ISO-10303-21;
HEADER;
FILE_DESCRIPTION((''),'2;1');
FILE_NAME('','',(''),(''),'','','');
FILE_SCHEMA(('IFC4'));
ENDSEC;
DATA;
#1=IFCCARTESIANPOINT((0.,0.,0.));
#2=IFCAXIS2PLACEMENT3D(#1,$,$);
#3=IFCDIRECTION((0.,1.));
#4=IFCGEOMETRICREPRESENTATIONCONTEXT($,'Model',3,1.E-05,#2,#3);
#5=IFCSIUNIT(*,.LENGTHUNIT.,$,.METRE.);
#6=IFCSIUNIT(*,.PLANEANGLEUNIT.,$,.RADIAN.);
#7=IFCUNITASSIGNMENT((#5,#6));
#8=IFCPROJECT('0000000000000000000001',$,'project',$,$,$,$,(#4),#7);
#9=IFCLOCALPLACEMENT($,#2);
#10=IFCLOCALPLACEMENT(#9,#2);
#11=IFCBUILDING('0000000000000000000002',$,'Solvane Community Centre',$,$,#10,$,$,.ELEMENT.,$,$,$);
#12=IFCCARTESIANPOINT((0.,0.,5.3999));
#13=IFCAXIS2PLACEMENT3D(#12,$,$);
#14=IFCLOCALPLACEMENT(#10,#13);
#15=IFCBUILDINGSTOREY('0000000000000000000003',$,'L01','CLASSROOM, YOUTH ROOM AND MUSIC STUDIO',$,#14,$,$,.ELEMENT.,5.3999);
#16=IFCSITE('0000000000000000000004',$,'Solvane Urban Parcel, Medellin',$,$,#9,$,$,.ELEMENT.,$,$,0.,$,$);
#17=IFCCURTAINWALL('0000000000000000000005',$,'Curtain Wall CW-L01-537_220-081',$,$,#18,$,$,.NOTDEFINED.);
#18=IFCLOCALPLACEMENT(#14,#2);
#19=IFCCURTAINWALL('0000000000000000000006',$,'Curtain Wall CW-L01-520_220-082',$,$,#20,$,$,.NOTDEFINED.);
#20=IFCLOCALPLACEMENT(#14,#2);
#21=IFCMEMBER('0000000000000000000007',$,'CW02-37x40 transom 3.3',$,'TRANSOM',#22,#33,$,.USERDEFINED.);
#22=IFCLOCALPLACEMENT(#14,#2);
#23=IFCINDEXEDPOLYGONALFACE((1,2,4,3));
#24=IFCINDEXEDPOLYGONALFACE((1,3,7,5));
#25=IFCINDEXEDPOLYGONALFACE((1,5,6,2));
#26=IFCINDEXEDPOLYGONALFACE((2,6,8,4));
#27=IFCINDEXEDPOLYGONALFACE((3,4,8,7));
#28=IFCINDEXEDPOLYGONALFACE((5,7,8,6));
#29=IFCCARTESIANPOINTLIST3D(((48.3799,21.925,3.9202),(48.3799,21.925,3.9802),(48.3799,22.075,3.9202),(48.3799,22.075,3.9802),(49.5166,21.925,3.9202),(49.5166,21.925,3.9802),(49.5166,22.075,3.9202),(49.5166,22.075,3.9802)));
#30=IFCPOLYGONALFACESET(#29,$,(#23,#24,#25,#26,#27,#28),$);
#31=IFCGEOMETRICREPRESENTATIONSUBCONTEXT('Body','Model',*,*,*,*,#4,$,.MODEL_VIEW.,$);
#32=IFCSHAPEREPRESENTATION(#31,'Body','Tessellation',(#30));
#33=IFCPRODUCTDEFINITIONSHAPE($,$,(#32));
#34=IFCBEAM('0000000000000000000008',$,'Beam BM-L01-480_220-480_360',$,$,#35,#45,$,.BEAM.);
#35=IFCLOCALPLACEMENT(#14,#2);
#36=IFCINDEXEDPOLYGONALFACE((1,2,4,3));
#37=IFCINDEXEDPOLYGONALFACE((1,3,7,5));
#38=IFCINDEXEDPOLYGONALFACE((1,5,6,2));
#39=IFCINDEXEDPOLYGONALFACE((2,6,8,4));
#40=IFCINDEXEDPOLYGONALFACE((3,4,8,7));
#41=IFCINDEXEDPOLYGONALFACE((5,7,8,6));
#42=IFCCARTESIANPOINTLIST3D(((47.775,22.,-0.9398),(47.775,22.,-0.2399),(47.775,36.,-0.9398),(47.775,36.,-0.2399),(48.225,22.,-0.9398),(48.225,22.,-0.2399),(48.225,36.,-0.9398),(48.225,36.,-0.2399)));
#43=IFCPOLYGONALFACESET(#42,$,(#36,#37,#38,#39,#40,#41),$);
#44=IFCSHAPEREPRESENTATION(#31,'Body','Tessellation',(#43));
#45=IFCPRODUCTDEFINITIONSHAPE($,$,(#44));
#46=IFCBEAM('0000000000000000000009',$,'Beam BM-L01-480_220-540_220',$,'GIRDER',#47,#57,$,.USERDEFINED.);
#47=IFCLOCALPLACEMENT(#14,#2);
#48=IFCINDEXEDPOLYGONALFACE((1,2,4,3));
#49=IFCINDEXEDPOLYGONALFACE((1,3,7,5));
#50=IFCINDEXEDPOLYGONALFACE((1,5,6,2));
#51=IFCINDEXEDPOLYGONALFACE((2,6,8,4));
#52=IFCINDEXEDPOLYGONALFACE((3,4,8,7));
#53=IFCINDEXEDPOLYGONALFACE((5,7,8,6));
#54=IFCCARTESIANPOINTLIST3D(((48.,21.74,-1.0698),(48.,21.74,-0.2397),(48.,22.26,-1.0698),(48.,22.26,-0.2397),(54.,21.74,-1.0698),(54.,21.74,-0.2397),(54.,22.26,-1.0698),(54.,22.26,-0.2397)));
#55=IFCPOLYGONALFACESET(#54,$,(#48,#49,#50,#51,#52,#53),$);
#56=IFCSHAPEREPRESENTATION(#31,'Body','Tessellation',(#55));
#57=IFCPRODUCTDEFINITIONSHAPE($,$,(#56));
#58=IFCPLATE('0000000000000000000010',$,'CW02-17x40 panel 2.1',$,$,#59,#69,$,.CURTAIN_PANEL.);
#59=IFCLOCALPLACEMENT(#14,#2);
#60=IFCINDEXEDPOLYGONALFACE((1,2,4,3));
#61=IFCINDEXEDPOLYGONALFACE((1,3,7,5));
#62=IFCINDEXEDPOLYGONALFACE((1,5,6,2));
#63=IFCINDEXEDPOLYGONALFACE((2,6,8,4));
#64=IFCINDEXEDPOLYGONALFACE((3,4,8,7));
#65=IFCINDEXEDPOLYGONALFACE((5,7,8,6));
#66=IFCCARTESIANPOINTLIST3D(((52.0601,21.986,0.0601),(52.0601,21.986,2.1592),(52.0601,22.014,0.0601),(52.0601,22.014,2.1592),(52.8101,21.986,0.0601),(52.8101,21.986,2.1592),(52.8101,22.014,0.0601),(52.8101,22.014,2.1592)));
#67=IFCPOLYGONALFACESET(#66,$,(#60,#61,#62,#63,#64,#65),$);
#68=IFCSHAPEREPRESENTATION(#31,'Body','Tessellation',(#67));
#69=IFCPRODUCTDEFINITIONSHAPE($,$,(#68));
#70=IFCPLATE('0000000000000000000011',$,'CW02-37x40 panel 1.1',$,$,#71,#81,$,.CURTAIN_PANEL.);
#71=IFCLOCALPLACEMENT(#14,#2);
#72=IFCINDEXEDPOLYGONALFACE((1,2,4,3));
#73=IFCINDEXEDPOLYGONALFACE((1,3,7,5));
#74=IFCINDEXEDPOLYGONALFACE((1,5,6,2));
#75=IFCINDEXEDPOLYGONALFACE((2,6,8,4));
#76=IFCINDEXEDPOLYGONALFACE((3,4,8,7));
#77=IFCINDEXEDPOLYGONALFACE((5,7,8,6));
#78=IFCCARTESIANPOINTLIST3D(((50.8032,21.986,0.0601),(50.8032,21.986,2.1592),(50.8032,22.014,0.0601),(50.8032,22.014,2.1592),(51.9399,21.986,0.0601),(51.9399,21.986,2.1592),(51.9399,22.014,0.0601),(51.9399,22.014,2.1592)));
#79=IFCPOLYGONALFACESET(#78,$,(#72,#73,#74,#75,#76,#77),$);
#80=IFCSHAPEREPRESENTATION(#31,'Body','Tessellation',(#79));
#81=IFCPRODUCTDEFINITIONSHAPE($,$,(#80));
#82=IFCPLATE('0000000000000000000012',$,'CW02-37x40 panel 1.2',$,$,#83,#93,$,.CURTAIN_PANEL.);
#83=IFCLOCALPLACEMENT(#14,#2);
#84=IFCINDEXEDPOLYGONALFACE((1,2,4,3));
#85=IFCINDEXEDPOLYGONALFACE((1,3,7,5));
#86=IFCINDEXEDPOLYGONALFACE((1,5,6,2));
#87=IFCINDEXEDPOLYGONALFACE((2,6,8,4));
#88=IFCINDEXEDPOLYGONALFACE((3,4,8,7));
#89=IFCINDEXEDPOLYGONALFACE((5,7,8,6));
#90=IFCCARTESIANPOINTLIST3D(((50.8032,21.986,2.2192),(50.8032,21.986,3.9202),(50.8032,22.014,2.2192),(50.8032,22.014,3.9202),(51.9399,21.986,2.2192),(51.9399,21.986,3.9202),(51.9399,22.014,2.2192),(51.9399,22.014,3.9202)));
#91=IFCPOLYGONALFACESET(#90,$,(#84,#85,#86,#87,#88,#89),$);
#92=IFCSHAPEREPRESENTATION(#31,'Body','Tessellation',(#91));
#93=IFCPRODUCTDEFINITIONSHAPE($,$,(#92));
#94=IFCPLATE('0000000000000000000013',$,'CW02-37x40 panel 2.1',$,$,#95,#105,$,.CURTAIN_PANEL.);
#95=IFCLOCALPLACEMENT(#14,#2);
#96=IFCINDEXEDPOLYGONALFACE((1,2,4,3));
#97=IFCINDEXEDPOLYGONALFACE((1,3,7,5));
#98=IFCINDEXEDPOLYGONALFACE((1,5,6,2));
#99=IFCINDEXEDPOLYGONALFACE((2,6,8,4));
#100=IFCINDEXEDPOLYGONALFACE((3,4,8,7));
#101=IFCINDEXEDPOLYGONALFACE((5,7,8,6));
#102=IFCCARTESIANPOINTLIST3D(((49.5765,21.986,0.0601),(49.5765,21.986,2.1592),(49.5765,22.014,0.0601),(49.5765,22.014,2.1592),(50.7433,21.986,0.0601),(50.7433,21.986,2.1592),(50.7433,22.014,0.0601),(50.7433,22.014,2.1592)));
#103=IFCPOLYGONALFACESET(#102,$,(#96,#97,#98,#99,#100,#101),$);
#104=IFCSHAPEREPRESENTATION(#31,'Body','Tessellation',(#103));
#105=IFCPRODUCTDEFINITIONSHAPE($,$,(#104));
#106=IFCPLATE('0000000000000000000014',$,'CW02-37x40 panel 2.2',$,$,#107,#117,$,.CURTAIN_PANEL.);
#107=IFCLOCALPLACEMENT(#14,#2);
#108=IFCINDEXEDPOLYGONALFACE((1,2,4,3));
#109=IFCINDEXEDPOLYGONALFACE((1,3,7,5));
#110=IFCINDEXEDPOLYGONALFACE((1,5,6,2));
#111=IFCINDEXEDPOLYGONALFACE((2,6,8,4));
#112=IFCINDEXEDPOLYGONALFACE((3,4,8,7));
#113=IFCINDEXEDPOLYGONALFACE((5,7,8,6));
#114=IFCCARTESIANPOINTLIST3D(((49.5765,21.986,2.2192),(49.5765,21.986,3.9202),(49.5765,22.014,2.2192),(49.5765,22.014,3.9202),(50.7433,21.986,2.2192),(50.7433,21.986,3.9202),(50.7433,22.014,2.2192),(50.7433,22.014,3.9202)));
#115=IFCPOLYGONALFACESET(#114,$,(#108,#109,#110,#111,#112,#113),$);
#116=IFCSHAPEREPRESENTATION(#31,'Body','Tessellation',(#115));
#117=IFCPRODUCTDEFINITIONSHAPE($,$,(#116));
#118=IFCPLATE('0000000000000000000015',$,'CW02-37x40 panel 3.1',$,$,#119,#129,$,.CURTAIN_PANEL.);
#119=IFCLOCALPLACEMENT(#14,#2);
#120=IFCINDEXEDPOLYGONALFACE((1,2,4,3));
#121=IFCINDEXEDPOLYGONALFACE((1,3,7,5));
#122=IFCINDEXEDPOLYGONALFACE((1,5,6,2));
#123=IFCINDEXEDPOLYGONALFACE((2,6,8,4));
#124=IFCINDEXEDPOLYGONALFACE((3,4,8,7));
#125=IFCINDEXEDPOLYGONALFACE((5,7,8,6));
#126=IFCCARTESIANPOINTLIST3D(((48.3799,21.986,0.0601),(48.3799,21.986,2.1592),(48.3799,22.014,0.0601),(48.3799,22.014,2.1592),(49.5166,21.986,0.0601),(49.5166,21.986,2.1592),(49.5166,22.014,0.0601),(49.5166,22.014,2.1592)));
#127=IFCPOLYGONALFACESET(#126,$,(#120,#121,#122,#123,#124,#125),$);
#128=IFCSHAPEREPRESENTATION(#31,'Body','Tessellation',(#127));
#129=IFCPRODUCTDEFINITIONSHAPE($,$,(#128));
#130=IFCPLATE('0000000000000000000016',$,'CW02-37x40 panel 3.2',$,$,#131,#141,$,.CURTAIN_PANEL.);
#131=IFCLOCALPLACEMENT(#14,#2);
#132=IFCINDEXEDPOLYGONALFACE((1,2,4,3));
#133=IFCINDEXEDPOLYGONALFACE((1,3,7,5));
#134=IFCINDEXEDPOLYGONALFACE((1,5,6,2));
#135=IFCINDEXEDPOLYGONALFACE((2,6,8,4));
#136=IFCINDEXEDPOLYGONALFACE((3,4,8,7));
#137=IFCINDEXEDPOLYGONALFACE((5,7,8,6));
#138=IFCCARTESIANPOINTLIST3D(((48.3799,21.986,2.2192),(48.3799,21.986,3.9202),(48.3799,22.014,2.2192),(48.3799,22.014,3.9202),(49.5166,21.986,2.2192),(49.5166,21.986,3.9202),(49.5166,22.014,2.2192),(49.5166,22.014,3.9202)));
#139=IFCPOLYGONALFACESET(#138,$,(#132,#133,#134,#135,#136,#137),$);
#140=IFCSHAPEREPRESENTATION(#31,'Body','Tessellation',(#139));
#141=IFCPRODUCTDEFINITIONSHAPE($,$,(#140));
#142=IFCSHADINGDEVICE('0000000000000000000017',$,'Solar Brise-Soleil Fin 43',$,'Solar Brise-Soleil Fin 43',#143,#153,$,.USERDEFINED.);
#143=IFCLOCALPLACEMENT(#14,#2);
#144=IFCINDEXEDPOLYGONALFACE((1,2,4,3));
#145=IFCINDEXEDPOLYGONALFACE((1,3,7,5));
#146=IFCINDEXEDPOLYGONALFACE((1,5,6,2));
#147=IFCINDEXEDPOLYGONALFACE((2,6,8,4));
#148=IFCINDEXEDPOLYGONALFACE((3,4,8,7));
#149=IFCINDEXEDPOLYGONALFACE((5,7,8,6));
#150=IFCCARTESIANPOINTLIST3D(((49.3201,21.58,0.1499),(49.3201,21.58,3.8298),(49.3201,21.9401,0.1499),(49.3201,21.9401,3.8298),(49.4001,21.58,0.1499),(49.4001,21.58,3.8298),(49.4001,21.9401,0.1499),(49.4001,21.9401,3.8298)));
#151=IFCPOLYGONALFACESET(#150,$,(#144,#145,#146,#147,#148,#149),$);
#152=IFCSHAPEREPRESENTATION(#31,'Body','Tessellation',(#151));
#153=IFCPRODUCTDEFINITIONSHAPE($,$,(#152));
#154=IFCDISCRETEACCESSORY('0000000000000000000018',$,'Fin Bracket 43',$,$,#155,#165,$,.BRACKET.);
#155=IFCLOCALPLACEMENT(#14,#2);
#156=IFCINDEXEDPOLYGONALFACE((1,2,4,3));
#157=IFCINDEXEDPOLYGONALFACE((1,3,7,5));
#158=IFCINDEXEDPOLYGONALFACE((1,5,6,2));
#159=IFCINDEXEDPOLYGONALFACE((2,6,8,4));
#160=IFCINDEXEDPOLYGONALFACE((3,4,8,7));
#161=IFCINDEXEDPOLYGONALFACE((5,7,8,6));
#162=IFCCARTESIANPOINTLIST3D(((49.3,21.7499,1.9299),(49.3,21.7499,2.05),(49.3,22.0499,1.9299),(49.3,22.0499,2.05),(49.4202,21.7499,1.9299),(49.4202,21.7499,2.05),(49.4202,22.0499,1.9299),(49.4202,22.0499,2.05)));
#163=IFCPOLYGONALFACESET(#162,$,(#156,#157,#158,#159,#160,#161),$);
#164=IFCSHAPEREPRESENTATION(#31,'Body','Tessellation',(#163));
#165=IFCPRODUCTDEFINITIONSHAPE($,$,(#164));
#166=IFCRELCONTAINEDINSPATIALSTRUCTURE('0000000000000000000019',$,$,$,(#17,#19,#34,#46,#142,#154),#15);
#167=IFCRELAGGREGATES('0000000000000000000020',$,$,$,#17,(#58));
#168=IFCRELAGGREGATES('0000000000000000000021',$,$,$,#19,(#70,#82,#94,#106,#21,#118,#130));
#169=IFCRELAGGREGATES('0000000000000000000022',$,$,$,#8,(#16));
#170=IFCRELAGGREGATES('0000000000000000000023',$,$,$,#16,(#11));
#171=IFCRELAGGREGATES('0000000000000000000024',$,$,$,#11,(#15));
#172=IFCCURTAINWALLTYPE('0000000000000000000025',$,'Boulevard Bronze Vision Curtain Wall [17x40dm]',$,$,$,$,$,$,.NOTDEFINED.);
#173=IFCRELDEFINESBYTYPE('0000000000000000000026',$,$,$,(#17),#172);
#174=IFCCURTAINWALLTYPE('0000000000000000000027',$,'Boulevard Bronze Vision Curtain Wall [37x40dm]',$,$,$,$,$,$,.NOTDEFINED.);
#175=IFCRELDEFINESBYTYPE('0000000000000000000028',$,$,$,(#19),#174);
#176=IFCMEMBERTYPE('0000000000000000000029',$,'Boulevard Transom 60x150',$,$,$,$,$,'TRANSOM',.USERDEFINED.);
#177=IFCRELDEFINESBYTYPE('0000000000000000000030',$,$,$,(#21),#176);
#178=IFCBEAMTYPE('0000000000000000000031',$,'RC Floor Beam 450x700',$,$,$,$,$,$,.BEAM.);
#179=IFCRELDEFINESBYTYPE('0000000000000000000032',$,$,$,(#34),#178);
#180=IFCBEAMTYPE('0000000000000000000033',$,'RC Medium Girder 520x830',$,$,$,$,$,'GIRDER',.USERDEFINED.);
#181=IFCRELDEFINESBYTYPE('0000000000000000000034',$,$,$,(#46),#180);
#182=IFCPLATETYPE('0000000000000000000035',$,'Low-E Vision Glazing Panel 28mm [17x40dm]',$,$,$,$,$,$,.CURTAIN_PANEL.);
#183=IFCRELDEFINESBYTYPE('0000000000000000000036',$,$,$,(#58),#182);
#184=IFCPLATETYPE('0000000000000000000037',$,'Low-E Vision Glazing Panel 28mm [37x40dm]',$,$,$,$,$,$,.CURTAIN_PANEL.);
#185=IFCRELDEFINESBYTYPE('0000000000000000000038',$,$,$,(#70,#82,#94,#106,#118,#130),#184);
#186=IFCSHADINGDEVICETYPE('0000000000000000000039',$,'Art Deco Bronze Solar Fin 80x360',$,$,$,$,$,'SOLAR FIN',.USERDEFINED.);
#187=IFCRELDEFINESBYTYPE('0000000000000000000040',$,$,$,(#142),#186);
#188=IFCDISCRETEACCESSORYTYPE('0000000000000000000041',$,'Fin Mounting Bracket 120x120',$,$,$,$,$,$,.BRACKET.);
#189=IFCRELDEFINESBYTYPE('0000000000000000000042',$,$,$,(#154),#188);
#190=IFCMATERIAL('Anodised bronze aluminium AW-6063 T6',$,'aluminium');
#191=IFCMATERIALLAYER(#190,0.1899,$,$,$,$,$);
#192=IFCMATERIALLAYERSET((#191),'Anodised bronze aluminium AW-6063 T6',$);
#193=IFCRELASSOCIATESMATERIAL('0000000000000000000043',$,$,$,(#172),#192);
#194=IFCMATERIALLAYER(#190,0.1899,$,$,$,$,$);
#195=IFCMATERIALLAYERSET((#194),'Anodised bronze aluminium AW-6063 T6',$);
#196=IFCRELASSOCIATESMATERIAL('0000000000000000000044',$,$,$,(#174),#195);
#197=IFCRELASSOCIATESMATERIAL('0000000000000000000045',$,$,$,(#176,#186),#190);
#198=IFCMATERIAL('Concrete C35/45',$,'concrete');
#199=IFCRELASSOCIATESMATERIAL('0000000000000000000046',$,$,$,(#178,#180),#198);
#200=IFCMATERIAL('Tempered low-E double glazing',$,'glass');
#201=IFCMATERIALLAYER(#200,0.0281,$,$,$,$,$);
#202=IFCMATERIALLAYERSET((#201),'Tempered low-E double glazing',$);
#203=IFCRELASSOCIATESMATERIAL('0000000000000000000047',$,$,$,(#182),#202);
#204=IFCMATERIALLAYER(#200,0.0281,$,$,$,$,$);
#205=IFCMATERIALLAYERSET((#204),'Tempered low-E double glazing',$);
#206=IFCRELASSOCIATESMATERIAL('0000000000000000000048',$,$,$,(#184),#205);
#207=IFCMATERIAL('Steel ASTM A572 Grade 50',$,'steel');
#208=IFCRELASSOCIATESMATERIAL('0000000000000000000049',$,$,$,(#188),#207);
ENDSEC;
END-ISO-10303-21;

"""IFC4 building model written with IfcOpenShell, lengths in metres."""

from ifc_helpers import new_model, si_unit, direction, frame, origin, origin_2d, place, context, subcontext, project, spatial, rectangle, extrude, material, layer, layer_set, material_profile, profile_set, type_object, element, aggregate, save


model = new_model("IFC4")

# Units and contexts
model_context = context("Model", 3, precision=1e-05, world=origin(), true_north=direction((0.0, 1.0)))
body_context = subcontext(model_context, "Body", "Model", "MODEL_VIEW")
ifc_project = project(units=[si_unit("LENGTHUNIT", "METRE"), si_unit("PLANEANGLEUNIT", "RADIAN")], contexts=[model_context])

# Site, building, storey
site_placement = place(None, origin())
site = spatial("IfcSite", under=ifc_project, at=site_placement, Name="Solvane Urban Parcel, Medellin", CompositionType="ELEMENT", RefElevation=0.0)
building_placement = place(site_placement, origin())
building = spatial("IfcBuilding", under=site, at=building_placement, Name="Solvane Community Centre", CompositionType="ELEMENT")
storey_placement = place(building_placement, frame((0.0, 0.0, 5.3999)))
storey = spatial("IfcBuildingStorey", under=building, at=storey_placement, Name="L01", Description="CLASSROOM, YOUTH ROOM AND MUSIC STUDIO", CompositionType="ELEMENT", Elevation=5.3999)

# Shared definitions
ifc_material_1 = material(Name="Concrete C35/45", Category="concrete")

# Curtain wall
ifc_material_2 = material(Name="Anodised bronze aluminium AW-6063 T6", Category="aluminium")
ifc_layer_1 = layer(ifc_material_2, 0.1899)
ifc_layer_set_1 = layer_set([ifc_layer_1], Name="Anodised bronze aluminium AW-6063 T6")
curtain_wall_type_1 = type_object("IfcCurtainWallType", Name="Boulevard Bronze Vision Curtain Wall [17x40dm]", PredefinedType="NOTDEFINED", material=ifc_layer_set_1)
curtain_wall_1_placement = place(storey_placement, origin())
curtain_wall_1 = element("IfcCurtainWall", 1, at=curtain_wall_1_placement, inside=storey, type_object=curtain_wall_type_1, Name="Curtain Wall CW-L01-537_220-081", PredefinedType="NOTDEFINED")

# Curtain wall, member
ifc_layer_2 = layer(ifc_material_2, 0.1899)
ifc_layer_set_2 = layer_set([ifc_layer_2], Name="Anodised bronze aluminium AW-6063 T6")
curtain_wall_type_2 = type_object("IfcCurtainWallType", Name="Boulevard Bronze Vision Curtain Wall [37x40dm]", PredefinedType="NOTDEFINED", material=ifc_layer_set_2)
curtain_wall_2_placement = place(storey_placement, origin())
curtain_wall_2 = element("IfcCurtainWall", 2, at=curtain_wall_2_placement, inside=storey, type_object=curtain_wall_type_2, Name="Curtain Wall CW-L01-520_220-082", PredefinedType="NOTDEFINED")
ifc_material_profile_1 = material_profile(ifc_material_2, rectangle(XDim=0.1499, YDim=0.0601, at=origin_2d()), Name="CW-T 60x150")
ifc_profile_set_1 = profile_set([ifc_material_profile_1], Name="Anodised bronze aluminium AW-6063 T6")
member_type_1 = type_object("IfcMemberType", Name="Boulevard Transom 60x150", ElementType="TRANSOM", PredefinedType="USERDEFINED", material=ifc_profile_set_1)
member_1_placement = place(storey_placement, frame((49.5166, 22.0, 3.9502), z_axis=(-1.0, 0.0, 0.0), x_axis=(0.0, -1.0, 0.0)))
member_1 = element("IfcMember", 3, at=member_1_placement, type_object=member_type_1, Name="CW02-37x40 transom 3.3", ObjectType="TRANSOM", PredefinedType="USERDEFINED", context=body_context, shape_type="SweptSolid", body=[
    extrude(rectangle(XDim=0.1499, YDim=0.0601, at=origin_2d()), origin(), (0.0, 0.0, 1.0), 1.1367),
])

# Beams
ifc_material_profile_2 = material_profile(ifc_material_1, rectangle(XDim=0.45, YDim=0.7, at=origin_2d()), Name="RC 450x700")
ifc_profile_set_2 = profile_set([ifc_material_profile_2], Name="Concrete C35/45")
beam_type_1 = type_object("IfcBeamType", Name="RC Floor Beam 450x700", PredefinedType="BEAM", material=ifc_profile_set_2)
beam_1_placement = place(storey_placement, frame((48.0, 22.0, -0.5898), z_axis=(0.0, 1.0, 0.0), x_axis=(-1.0, 0.0, 0.0)))
element("IfcBeam", 4, at=beam_1_placement, inside=storey, type_object=beam_type_1, Name="Beam BM-L01-480_220-480_360", PredefinedType="BEAM", context=body_context, shape_type="SweptSolid", body=[
    extrude(rectangle(XDim=0.45, YDim=0.7, at=origin_2d()), origin(), (0.0, 0.0, 1.0), 14.0),
])
ifc_material_profile_3 = material_profile(ifc_material_1, rectangle(XDim=0.52, YDim=0.8301, at=origin_2d()), Name="RC 520x830")
ifc_profile_set_3 = profile_set([ifc_material_profile_3], Name="Concrete C35/45")
beam_type_2 = type_object("IfcBeamType", Name="RC Medium Girder 520x830", ElementType="GIRDER", PredefinedType="USERDEFINED", material=ifc_profile_set_3)
beam_2_placement = place(storey_placement, frame((48.0, 22.0, -0.6548), z_axis=(1.0, 0.0, 0.0), x_axis=(0.0, 1.0, 0.0)))
element("IfcBeam", 5, at=beam_2_placement, inside=storey, type_object=beam_type_2, Name="Beam BM-L01-480_220-540_220", ObjectType="GIRDER", PredefinedType="USERDEFINED", context=body_context, shape_type="SweptSolid", body=[
    extrude(rectangle(XDim=0.52, YDim=0.8301, at=origin_2d()), origin(), (0.0, 0.0, 1.0), 6.0),
])

# Plates
ifc_material_3 = material(Name="Tempered low-E double glazing", Category="glass")
ifc_layer_3 = layer(ifc_material_3, 0.0281)
ifc_layer_set_3 = layer_set([ifc_layer_3], Name="Tempered low-E double glazing")
plate_type_1 = type_object("IfcPlateType", Name="Low-E Vision Glazing Panel 28mm [17x40dm]", PredefinedType="CURTAIN_PANEL", material=ifc_layer_set_3)
plate_1_placement = place(storey_placement, frame((52.4351, 22.0, 0.0601), z_axis=(0.0, 0.0, 1.0), x_axis=(-1.0, 0.0, 0.0)))
plate_1 = element("IfcPlate", 6, at=plate_1_placement, type_object=plate_type_1, Name="CW02-17x40 panel 2.1", PredefinedType="CURTAIN_PANEL", context=body_context, shape_type="SweptSolid", body=[
    extrude(rectangle(XDim=0.75, YDim=0.0281, at=origin_2d()), origin(), (0.0, 0.0, 1.0), 2.0991),
])
aggregate(curtain_wall_1, [plate_1])
ifc_layer_4 = layer(ifc_material_3, 0.0281)
ifc_layer_set_4 = layer_set([ifc_layer_4], Name="Tempered low-E double glazing")
plate_type_2 = type_object("IfcPlateType", Name="Low-E Vision Glazing Panel 28mm [37x40dm]", PredefinedType="CURTAIN_PANEL", material=ifc_layer_set_4)
plate_2_placement = place(storey_placement, frame((51.3716, 22.0, 0.0601), z_axis=(0.0, 0.0, 1.0), x_axis=(-1.0, 0.0, 0.0)))
plate_2 = element("IfcPlate", 7, at=plate_2_placement, type_object=plate_type_2, Name="CW02-37x40 panel 1.1", PredefinedType="CURTAIN_PANEL", context=body_context, shape_type="SweptSolid", body=[
    extrude(rectangle(XDim=1.1367, YDim=0.0281, at=origin_2d()), origin(), (0.0, 0.0, 1.0), 2.0991),
])
plate_3_placement = place(storey_placement, frame((51.3716, 22.0, 2.2192), z_axis=(0.0, 0.0, 1.0), x_axis=(-1.0, 0.0, 0.0)))
plate_3 = element("IfcPlate", 8, at=plate_3_placement, type_object=plate_type_2, Name="CW02-37x40 panel 1.2", PredefinedType="CURTAIN_PANEL", context=body_context, shape_type="SweptSolid", body=[
    extrude(rectangle(XDim=1.1367, YDim=0.0281, at=origin_2d()), origin(), (0.0, 0.0, 1.0), 1.7009),
])
plate_4_placement = place(storey_placement, frame((50.1599, 22.0, 0.0601), z_axis=(0.0, 0.0, 1.0), x_axis=(-1.0, 0.0, 0.0)))
plate_4 = element("IfcPlate", 9, at=plate_4_placement, type_object=plate_type_2, Name="CW02-37x40 panel 2.1", PredefinedType="CURTAIN_PANEL", context=body_context, shape_type="SweptSolid", body=[
    extrude(rectangle(XDim=1.1667, YDim=0.0281, at=origin_2d()), origin(), (0.0, 0.0, 1.0), 2.0991),
])
plate_5_placement = place(storey_placement, frame((50.1599, 22.0, 2.2192), z_axis=(0.0, 0.0, 1.0), x_axis=(-1.0, 0.0, 0.0)))
plate_5 = element("IfcPlate", 10, at=plate_5_placement, type_object=plate_type_2, Name="CW02-37x40 panel 2.2", PredefinedType="CURTAIN_PANEL", context=body_context, shape_type="SweptSolid", body=[
    extrude(rectangle(XDim=1.1667, YDim=0.0281, at=origin_2d()), origin(), (0.0, 0.0, 1.0), 1.7009),
])
plate_6_placement = place(storey_placement, frame((48.9482, 22.0, 0.0601), z_axis=(0.0, 0.0, 1.0), x_axis=(-1.0, 0.0, 0.0)))
plate_6 = element("IfcPlate", 11, at=plate_6_placement, type_object=plate_type_2, Name="CW02-37x40 panel 3.1", PredefinedType="CURTAIN_PANEL", context=body_context, shape_type="SweptSolid", body=[
    extrude(rectangle(XDim=1.1367, YDim=0.0281, at=origin_2d()), origin(), (0.0, 0.0, 1.0), 2.0991),
])
plate_7_placement = place(storey_placement, frame((48.9482, 22.0, 2.2192), z_axis=(0.0, 0.0, 1.0), x_axis=(-1.0, 0.0, 0.0)))
plate_7 = element("IfcPlate", 12, at=plate_7_placement, type_object=plate_type_2, Name="CW02-37x40 panel 3.2", PredefinedType="CURTAIN_PANEL", context=body_context, shape_type="SweptSolid", body=[
    extrude(rectangle(XDim=1.1367, YDim=0.0281, at=origin_2d()), origin(), (0.0, 0.0, 1.0), 1.7009),
])
aggregate(curtain_wall_2, [plate_2, plate_3, plate_4, plate_5, member_1, plate_6, plate_7])

# Shading device
shading_device_type = type_object("IfcShadingDeviceType", Name="Art Deco Bronze Solar Fin 80x360", ElementType="SOLAR FIN", PredefinedType="USERDEFINED", material=ifc_material_2)
shading_device_placement = place(storey_placement, frame((49.3601, 21.76, 0.1499), z_axis=(0.0, 0.0, 1.0), x_axis=(-1.0, 0.0, 0.0)))
element("IfcShadingDevice", 13, at=shading_device_placement, inside=storey, type_object=shading_device_type, Name="Solar Brise-Soleil Fin 43", ObjectType="Solar Brise-Soleil Fin 43", PredefinedType="USERDEFINED", context=body_context, shape_type="SweptSolid", body=[
    extrude(rectangle(XDim=0.0801, YDim=0.3601, at=origin_2d()), origin(), (0.0, 0.0, 1.0), 3.6799),
])

# Discrete accessory
ifc_material_4 = material(Name="Steel ASTM A572 Grade 50", Category="steel")
discrete_accessory_type = type_object("IfcDiscreteAccessoryType", Name="Fin Mounting Bracket 120x120", PredefinedType="BRACKET", material=ifc_material_4)
discrete_accessory_placement = place(storey_placement, frame((49.3601, 21.8999, 1.9299), z_axis=(0.0, 0.0, 1.0), x_axis=(-1.0, 0.0, 0.0)))
element("IfcDiscreteAccessory", 14, at=discrete_accessory_placement, inside=storey, type_object=discrete_accessory_type, Name="Fin Bracket 43", PredefinedType="BRACKET", context=body_context, shape_type="SweptSolid", body=[
    extrude(rectangle(XDim=0.1201, YDim=0.3, at=origin_2d()), origin(), (0.0, 0.0, 1.0), 0.1201),
])

save(model, "model.ifc")
